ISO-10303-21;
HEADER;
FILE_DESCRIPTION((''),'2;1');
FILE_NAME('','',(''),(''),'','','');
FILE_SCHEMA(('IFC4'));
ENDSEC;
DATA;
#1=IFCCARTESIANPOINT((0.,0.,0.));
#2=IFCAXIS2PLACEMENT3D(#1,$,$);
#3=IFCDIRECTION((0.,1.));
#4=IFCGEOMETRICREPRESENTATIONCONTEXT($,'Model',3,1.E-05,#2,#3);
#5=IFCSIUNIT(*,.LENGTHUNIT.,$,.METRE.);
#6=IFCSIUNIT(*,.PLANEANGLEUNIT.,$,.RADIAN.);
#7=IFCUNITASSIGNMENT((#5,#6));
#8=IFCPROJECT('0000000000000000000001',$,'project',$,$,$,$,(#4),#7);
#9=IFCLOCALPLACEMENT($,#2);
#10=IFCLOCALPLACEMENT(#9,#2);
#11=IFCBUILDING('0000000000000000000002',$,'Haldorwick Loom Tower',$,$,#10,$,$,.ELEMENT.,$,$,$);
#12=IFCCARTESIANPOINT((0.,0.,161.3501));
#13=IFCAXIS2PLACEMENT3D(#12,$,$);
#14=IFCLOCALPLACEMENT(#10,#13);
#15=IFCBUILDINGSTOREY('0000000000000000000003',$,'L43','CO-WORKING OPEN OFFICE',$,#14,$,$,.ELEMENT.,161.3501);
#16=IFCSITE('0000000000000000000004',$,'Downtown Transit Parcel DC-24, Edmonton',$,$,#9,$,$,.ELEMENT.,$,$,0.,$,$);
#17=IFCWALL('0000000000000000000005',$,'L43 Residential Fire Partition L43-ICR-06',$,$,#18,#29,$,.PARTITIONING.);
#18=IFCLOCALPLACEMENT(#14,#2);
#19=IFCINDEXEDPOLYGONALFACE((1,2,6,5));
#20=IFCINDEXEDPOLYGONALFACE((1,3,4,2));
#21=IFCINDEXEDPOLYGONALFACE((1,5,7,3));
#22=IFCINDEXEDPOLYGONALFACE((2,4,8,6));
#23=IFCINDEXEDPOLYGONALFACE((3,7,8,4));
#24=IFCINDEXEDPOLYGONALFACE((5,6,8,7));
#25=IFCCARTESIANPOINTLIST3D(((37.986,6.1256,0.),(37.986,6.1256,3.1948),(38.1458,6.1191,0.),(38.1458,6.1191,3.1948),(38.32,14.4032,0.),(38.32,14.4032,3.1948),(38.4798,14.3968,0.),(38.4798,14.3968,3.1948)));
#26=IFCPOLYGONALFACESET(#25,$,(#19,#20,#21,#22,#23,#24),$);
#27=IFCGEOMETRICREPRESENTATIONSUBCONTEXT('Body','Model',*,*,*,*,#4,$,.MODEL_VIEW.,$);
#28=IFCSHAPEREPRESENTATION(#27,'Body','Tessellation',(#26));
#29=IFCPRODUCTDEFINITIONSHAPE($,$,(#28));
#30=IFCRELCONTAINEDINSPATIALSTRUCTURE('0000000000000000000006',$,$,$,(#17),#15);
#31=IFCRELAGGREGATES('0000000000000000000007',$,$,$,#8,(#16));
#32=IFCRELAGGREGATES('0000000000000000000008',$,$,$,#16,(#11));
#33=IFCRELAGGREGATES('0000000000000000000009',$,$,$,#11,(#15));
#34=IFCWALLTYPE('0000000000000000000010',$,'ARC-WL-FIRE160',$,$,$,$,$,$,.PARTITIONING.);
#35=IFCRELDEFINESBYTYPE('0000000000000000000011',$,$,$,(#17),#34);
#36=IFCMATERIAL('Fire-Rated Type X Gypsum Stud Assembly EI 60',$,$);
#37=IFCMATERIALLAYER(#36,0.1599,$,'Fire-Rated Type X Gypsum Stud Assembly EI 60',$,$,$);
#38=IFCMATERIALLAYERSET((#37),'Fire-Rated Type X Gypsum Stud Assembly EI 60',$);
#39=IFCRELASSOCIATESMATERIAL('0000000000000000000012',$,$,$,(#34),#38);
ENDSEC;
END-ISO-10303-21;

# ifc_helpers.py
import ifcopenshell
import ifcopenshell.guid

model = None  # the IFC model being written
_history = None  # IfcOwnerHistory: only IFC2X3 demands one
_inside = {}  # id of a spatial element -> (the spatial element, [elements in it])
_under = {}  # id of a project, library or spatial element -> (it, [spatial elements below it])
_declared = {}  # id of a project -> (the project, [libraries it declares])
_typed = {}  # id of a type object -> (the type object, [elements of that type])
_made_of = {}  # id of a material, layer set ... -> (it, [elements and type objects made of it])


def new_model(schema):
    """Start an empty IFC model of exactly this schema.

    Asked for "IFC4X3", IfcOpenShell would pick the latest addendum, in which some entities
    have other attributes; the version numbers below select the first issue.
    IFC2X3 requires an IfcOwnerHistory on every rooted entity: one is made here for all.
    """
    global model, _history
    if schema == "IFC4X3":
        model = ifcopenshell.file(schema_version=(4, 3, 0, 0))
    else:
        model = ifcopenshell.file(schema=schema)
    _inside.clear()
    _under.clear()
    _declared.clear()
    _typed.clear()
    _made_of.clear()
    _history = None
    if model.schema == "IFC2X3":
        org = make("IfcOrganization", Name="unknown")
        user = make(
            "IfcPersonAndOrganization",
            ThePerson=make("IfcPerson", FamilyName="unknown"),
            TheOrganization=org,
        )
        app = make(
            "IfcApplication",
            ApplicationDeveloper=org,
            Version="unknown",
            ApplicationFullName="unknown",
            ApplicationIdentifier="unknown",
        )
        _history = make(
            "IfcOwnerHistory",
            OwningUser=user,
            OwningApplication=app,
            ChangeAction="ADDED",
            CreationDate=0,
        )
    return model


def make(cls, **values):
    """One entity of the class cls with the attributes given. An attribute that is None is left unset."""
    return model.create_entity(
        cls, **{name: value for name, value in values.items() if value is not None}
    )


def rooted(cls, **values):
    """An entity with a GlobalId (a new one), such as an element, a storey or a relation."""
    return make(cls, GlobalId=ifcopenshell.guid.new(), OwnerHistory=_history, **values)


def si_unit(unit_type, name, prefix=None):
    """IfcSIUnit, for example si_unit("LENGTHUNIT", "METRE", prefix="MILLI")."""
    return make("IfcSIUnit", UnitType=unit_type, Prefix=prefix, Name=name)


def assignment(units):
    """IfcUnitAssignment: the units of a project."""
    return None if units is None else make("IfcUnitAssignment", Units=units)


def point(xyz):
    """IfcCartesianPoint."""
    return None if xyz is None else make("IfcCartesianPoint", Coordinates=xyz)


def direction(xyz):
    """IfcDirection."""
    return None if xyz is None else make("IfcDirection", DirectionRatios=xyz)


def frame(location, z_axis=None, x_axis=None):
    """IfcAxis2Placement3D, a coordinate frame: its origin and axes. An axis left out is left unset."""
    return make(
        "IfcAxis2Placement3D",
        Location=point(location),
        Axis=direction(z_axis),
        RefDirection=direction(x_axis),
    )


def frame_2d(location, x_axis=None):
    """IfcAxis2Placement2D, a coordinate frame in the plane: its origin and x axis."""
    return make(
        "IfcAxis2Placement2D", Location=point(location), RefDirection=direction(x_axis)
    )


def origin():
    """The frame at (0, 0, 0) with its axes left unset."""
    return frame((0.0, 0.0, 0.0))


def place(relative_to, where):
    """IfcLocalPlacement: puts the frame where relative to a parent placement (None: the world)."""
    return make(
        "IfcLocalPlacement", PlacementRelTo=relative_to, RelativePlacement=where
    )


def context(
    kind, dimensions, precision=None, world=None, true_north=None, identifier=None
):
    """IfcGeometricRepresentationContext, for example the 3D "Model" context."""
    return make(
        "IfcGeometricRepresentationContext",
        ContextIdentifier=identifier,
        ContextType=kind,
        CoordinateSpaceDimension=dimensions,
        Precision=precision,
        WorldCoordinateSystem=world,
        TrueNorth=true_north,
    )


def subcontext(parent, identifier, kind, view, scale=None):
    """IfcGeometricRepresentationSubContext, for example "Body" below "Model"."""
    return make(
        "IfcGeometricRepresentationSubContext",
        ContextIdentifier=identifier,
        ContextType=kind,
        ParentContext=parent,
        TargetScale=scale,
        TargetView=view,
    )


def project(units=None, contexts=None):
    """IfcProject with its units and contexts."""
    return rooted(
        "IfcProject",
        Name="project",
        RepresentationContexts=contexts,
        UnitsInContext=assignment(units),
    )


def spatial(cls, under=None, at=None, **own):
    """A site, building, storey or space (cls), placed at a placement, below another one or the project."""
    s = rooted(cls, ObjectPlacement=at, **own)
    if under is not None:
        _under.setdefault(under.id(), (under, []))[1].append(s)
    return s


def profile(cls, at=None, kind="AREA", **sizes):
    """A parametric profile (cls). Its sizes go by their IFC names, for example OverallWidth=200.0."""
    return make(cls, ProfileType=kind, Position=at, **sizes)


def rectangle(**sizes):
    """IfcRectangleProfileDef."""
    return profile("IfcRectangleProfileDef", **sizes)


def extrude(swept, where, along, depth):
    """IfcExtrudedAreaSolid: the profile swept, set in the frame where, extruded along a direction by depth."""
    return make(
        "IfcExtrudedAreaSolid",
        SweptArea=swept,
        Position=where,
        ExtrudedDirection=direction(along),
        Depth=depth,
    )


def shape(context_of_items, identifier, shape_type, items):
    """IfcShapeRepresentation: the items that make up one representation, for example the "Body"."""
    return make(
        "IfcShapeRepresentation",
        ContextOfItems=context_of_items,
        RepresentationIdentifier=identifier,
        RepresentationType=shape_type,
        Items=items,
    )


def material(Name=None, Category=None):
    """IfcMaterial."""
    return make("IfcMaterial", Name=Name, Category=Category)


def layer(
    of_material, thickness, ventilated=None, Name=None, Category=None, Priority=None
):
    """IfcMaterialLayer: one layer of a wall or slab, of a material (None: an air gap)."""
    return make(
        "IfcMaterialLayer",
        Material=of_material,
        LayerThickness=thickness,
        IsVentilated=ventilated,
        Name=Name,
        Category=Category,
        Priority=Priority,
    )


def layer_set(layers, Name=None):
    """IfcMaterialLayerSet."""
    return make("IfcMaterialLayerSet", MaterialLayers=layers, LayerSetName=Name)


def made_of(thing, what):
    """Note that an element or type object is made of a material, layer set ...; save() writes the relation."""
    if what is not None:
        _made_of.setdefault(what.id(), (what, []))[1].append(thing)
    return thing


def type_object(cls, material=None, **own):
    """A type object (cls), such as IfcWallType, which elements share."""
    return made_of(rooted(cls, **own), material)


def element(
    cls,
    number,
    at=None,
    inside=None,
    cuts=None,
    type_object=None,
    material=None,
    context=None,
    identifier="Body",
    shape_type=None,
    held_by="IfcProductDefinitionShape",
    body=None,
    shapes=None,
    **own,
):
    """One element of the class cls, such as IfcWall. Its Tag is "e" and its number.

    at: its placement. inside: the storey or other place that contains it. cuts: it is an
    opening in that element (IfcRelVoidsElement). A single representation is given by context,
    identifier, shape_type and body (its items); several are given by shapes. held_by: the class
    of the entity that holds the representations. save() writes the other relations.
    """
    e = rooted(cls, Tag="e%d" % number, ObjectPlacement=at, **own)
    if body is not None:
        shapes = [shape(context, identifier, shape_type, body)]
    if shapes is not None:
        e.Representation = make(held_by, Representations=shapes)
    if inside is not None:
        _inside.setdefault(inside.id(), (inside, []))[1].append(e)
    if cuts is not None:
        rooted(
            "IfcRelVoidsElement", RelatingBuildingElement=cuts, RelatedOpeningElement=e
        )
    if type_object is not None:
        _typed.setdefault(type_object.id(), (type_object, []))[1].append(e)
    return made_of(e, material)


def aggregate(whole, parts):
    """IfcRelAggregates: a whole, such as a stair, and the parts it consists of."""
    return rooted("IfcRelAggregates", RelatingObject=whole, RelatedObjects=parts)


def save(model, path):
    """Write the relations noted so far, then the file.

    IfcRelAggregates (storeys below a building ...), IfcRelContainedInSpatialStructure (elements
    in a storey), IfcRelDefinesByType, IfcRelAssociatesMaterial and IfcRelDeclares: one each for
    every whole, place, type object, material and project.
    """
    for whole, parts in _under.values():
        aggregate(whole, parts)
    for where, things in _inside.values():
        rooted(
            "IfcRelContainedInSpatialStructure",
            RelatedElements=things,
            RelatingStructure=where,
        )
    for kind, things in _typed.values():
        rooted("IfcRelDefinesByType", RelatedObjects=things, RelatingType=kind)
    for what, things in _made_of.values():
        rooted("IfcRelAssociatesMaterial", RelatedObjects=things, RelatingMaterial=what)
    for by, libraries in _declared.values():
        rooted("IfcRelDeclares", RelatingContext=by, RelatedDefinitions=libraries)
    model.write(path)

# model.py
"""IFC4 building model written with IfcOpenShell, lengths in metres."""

from ifc_helpers import new_model, si_unit, direction, frame, frame_2d, origin, place, context, subcontext, project, spatial, rectangle, extrude, material, layer, layer_set, type_object, element, save


model = new_model("IFC4")

# Units and contexts
model_context = context("Model", 3, precision=1e-05, world=origin(), true_north=direction((0.0, 1.0)))
body_context = subcontext(model_context, "Body", "Model", "MODEL_VIEW")
ifc_project = project(units=[si_unit("LENGTHUNIT", "METRE"), si_unit("PLANEANGLEUNIT", "RADIAN")], contexts=[model_context])

# Site, building, storey
site_placement = place(None, origin())
site = spatial("IfcSite", under=ifc_project, at=site_placement, Name="Downtown Transit Parcel DC-24, Edmonton", CompositionType="ELEMENT", RefElevation=0.0)
building_placement = place(site_placement, origin())
building = spatial("IfcBuilding", under=site, at=building_placement, Name="Haldorwick Loom Tower", CompositionType="ELEMENT")
storey_placement = place(building_placement, frame((0.0, 0.0, 161.3501)))
storey = spatial("IfcBuildingStorey", under=building, at=storey_placement, Name="L43", Description="CO-WORKING OPEN OFFICE", CompositionType="ELEMENT", Elevation=161.3501)

# Wall
ifc_material_1 = material(Name="Fire-Rated Type X Gypsum Stud Assembly EI 60")
ifc_layer_1 = layer(ifc_material_1, 0.1599, Name="Fire-Rated Type X Gypsum Stud Assembly EI 60")
ifc_layer_set_1 = layer_set([ifc_layer_1], Name="Fire-Rated Type X Gypsum Stud Assembly EI 60")
wall_type_1 = type_object("IfcWallType", Name="ARC-WL-FIRE160", PredefinedType="PARTITIONING", material=ifc_layer_set_1)
wall_1_placement = place(storey_placement, frame((38.3999, 14.3999, 0.0), z_axis=(0.0, 0.0, 1.0), x_axis=(-0.040315, -0.999187, 0.0)))
element("IfcWall", 1, at=wall_1_placement, inside=storey, type_object=wall_type_1, Name="L43 Residential Fire Partition L43-ICR-06", PredefinedType="PARTITIONING", context=body_context, shape_type="SweptSolid", body=[
    extrude(rectangle(XDim=8.2844, YDim=0.1599, at=frame_2d((4.1421, 0.0))), origin(), (0.0, 0.0, 1.0), 3.1948),
])

save(model, "model.ifc")
